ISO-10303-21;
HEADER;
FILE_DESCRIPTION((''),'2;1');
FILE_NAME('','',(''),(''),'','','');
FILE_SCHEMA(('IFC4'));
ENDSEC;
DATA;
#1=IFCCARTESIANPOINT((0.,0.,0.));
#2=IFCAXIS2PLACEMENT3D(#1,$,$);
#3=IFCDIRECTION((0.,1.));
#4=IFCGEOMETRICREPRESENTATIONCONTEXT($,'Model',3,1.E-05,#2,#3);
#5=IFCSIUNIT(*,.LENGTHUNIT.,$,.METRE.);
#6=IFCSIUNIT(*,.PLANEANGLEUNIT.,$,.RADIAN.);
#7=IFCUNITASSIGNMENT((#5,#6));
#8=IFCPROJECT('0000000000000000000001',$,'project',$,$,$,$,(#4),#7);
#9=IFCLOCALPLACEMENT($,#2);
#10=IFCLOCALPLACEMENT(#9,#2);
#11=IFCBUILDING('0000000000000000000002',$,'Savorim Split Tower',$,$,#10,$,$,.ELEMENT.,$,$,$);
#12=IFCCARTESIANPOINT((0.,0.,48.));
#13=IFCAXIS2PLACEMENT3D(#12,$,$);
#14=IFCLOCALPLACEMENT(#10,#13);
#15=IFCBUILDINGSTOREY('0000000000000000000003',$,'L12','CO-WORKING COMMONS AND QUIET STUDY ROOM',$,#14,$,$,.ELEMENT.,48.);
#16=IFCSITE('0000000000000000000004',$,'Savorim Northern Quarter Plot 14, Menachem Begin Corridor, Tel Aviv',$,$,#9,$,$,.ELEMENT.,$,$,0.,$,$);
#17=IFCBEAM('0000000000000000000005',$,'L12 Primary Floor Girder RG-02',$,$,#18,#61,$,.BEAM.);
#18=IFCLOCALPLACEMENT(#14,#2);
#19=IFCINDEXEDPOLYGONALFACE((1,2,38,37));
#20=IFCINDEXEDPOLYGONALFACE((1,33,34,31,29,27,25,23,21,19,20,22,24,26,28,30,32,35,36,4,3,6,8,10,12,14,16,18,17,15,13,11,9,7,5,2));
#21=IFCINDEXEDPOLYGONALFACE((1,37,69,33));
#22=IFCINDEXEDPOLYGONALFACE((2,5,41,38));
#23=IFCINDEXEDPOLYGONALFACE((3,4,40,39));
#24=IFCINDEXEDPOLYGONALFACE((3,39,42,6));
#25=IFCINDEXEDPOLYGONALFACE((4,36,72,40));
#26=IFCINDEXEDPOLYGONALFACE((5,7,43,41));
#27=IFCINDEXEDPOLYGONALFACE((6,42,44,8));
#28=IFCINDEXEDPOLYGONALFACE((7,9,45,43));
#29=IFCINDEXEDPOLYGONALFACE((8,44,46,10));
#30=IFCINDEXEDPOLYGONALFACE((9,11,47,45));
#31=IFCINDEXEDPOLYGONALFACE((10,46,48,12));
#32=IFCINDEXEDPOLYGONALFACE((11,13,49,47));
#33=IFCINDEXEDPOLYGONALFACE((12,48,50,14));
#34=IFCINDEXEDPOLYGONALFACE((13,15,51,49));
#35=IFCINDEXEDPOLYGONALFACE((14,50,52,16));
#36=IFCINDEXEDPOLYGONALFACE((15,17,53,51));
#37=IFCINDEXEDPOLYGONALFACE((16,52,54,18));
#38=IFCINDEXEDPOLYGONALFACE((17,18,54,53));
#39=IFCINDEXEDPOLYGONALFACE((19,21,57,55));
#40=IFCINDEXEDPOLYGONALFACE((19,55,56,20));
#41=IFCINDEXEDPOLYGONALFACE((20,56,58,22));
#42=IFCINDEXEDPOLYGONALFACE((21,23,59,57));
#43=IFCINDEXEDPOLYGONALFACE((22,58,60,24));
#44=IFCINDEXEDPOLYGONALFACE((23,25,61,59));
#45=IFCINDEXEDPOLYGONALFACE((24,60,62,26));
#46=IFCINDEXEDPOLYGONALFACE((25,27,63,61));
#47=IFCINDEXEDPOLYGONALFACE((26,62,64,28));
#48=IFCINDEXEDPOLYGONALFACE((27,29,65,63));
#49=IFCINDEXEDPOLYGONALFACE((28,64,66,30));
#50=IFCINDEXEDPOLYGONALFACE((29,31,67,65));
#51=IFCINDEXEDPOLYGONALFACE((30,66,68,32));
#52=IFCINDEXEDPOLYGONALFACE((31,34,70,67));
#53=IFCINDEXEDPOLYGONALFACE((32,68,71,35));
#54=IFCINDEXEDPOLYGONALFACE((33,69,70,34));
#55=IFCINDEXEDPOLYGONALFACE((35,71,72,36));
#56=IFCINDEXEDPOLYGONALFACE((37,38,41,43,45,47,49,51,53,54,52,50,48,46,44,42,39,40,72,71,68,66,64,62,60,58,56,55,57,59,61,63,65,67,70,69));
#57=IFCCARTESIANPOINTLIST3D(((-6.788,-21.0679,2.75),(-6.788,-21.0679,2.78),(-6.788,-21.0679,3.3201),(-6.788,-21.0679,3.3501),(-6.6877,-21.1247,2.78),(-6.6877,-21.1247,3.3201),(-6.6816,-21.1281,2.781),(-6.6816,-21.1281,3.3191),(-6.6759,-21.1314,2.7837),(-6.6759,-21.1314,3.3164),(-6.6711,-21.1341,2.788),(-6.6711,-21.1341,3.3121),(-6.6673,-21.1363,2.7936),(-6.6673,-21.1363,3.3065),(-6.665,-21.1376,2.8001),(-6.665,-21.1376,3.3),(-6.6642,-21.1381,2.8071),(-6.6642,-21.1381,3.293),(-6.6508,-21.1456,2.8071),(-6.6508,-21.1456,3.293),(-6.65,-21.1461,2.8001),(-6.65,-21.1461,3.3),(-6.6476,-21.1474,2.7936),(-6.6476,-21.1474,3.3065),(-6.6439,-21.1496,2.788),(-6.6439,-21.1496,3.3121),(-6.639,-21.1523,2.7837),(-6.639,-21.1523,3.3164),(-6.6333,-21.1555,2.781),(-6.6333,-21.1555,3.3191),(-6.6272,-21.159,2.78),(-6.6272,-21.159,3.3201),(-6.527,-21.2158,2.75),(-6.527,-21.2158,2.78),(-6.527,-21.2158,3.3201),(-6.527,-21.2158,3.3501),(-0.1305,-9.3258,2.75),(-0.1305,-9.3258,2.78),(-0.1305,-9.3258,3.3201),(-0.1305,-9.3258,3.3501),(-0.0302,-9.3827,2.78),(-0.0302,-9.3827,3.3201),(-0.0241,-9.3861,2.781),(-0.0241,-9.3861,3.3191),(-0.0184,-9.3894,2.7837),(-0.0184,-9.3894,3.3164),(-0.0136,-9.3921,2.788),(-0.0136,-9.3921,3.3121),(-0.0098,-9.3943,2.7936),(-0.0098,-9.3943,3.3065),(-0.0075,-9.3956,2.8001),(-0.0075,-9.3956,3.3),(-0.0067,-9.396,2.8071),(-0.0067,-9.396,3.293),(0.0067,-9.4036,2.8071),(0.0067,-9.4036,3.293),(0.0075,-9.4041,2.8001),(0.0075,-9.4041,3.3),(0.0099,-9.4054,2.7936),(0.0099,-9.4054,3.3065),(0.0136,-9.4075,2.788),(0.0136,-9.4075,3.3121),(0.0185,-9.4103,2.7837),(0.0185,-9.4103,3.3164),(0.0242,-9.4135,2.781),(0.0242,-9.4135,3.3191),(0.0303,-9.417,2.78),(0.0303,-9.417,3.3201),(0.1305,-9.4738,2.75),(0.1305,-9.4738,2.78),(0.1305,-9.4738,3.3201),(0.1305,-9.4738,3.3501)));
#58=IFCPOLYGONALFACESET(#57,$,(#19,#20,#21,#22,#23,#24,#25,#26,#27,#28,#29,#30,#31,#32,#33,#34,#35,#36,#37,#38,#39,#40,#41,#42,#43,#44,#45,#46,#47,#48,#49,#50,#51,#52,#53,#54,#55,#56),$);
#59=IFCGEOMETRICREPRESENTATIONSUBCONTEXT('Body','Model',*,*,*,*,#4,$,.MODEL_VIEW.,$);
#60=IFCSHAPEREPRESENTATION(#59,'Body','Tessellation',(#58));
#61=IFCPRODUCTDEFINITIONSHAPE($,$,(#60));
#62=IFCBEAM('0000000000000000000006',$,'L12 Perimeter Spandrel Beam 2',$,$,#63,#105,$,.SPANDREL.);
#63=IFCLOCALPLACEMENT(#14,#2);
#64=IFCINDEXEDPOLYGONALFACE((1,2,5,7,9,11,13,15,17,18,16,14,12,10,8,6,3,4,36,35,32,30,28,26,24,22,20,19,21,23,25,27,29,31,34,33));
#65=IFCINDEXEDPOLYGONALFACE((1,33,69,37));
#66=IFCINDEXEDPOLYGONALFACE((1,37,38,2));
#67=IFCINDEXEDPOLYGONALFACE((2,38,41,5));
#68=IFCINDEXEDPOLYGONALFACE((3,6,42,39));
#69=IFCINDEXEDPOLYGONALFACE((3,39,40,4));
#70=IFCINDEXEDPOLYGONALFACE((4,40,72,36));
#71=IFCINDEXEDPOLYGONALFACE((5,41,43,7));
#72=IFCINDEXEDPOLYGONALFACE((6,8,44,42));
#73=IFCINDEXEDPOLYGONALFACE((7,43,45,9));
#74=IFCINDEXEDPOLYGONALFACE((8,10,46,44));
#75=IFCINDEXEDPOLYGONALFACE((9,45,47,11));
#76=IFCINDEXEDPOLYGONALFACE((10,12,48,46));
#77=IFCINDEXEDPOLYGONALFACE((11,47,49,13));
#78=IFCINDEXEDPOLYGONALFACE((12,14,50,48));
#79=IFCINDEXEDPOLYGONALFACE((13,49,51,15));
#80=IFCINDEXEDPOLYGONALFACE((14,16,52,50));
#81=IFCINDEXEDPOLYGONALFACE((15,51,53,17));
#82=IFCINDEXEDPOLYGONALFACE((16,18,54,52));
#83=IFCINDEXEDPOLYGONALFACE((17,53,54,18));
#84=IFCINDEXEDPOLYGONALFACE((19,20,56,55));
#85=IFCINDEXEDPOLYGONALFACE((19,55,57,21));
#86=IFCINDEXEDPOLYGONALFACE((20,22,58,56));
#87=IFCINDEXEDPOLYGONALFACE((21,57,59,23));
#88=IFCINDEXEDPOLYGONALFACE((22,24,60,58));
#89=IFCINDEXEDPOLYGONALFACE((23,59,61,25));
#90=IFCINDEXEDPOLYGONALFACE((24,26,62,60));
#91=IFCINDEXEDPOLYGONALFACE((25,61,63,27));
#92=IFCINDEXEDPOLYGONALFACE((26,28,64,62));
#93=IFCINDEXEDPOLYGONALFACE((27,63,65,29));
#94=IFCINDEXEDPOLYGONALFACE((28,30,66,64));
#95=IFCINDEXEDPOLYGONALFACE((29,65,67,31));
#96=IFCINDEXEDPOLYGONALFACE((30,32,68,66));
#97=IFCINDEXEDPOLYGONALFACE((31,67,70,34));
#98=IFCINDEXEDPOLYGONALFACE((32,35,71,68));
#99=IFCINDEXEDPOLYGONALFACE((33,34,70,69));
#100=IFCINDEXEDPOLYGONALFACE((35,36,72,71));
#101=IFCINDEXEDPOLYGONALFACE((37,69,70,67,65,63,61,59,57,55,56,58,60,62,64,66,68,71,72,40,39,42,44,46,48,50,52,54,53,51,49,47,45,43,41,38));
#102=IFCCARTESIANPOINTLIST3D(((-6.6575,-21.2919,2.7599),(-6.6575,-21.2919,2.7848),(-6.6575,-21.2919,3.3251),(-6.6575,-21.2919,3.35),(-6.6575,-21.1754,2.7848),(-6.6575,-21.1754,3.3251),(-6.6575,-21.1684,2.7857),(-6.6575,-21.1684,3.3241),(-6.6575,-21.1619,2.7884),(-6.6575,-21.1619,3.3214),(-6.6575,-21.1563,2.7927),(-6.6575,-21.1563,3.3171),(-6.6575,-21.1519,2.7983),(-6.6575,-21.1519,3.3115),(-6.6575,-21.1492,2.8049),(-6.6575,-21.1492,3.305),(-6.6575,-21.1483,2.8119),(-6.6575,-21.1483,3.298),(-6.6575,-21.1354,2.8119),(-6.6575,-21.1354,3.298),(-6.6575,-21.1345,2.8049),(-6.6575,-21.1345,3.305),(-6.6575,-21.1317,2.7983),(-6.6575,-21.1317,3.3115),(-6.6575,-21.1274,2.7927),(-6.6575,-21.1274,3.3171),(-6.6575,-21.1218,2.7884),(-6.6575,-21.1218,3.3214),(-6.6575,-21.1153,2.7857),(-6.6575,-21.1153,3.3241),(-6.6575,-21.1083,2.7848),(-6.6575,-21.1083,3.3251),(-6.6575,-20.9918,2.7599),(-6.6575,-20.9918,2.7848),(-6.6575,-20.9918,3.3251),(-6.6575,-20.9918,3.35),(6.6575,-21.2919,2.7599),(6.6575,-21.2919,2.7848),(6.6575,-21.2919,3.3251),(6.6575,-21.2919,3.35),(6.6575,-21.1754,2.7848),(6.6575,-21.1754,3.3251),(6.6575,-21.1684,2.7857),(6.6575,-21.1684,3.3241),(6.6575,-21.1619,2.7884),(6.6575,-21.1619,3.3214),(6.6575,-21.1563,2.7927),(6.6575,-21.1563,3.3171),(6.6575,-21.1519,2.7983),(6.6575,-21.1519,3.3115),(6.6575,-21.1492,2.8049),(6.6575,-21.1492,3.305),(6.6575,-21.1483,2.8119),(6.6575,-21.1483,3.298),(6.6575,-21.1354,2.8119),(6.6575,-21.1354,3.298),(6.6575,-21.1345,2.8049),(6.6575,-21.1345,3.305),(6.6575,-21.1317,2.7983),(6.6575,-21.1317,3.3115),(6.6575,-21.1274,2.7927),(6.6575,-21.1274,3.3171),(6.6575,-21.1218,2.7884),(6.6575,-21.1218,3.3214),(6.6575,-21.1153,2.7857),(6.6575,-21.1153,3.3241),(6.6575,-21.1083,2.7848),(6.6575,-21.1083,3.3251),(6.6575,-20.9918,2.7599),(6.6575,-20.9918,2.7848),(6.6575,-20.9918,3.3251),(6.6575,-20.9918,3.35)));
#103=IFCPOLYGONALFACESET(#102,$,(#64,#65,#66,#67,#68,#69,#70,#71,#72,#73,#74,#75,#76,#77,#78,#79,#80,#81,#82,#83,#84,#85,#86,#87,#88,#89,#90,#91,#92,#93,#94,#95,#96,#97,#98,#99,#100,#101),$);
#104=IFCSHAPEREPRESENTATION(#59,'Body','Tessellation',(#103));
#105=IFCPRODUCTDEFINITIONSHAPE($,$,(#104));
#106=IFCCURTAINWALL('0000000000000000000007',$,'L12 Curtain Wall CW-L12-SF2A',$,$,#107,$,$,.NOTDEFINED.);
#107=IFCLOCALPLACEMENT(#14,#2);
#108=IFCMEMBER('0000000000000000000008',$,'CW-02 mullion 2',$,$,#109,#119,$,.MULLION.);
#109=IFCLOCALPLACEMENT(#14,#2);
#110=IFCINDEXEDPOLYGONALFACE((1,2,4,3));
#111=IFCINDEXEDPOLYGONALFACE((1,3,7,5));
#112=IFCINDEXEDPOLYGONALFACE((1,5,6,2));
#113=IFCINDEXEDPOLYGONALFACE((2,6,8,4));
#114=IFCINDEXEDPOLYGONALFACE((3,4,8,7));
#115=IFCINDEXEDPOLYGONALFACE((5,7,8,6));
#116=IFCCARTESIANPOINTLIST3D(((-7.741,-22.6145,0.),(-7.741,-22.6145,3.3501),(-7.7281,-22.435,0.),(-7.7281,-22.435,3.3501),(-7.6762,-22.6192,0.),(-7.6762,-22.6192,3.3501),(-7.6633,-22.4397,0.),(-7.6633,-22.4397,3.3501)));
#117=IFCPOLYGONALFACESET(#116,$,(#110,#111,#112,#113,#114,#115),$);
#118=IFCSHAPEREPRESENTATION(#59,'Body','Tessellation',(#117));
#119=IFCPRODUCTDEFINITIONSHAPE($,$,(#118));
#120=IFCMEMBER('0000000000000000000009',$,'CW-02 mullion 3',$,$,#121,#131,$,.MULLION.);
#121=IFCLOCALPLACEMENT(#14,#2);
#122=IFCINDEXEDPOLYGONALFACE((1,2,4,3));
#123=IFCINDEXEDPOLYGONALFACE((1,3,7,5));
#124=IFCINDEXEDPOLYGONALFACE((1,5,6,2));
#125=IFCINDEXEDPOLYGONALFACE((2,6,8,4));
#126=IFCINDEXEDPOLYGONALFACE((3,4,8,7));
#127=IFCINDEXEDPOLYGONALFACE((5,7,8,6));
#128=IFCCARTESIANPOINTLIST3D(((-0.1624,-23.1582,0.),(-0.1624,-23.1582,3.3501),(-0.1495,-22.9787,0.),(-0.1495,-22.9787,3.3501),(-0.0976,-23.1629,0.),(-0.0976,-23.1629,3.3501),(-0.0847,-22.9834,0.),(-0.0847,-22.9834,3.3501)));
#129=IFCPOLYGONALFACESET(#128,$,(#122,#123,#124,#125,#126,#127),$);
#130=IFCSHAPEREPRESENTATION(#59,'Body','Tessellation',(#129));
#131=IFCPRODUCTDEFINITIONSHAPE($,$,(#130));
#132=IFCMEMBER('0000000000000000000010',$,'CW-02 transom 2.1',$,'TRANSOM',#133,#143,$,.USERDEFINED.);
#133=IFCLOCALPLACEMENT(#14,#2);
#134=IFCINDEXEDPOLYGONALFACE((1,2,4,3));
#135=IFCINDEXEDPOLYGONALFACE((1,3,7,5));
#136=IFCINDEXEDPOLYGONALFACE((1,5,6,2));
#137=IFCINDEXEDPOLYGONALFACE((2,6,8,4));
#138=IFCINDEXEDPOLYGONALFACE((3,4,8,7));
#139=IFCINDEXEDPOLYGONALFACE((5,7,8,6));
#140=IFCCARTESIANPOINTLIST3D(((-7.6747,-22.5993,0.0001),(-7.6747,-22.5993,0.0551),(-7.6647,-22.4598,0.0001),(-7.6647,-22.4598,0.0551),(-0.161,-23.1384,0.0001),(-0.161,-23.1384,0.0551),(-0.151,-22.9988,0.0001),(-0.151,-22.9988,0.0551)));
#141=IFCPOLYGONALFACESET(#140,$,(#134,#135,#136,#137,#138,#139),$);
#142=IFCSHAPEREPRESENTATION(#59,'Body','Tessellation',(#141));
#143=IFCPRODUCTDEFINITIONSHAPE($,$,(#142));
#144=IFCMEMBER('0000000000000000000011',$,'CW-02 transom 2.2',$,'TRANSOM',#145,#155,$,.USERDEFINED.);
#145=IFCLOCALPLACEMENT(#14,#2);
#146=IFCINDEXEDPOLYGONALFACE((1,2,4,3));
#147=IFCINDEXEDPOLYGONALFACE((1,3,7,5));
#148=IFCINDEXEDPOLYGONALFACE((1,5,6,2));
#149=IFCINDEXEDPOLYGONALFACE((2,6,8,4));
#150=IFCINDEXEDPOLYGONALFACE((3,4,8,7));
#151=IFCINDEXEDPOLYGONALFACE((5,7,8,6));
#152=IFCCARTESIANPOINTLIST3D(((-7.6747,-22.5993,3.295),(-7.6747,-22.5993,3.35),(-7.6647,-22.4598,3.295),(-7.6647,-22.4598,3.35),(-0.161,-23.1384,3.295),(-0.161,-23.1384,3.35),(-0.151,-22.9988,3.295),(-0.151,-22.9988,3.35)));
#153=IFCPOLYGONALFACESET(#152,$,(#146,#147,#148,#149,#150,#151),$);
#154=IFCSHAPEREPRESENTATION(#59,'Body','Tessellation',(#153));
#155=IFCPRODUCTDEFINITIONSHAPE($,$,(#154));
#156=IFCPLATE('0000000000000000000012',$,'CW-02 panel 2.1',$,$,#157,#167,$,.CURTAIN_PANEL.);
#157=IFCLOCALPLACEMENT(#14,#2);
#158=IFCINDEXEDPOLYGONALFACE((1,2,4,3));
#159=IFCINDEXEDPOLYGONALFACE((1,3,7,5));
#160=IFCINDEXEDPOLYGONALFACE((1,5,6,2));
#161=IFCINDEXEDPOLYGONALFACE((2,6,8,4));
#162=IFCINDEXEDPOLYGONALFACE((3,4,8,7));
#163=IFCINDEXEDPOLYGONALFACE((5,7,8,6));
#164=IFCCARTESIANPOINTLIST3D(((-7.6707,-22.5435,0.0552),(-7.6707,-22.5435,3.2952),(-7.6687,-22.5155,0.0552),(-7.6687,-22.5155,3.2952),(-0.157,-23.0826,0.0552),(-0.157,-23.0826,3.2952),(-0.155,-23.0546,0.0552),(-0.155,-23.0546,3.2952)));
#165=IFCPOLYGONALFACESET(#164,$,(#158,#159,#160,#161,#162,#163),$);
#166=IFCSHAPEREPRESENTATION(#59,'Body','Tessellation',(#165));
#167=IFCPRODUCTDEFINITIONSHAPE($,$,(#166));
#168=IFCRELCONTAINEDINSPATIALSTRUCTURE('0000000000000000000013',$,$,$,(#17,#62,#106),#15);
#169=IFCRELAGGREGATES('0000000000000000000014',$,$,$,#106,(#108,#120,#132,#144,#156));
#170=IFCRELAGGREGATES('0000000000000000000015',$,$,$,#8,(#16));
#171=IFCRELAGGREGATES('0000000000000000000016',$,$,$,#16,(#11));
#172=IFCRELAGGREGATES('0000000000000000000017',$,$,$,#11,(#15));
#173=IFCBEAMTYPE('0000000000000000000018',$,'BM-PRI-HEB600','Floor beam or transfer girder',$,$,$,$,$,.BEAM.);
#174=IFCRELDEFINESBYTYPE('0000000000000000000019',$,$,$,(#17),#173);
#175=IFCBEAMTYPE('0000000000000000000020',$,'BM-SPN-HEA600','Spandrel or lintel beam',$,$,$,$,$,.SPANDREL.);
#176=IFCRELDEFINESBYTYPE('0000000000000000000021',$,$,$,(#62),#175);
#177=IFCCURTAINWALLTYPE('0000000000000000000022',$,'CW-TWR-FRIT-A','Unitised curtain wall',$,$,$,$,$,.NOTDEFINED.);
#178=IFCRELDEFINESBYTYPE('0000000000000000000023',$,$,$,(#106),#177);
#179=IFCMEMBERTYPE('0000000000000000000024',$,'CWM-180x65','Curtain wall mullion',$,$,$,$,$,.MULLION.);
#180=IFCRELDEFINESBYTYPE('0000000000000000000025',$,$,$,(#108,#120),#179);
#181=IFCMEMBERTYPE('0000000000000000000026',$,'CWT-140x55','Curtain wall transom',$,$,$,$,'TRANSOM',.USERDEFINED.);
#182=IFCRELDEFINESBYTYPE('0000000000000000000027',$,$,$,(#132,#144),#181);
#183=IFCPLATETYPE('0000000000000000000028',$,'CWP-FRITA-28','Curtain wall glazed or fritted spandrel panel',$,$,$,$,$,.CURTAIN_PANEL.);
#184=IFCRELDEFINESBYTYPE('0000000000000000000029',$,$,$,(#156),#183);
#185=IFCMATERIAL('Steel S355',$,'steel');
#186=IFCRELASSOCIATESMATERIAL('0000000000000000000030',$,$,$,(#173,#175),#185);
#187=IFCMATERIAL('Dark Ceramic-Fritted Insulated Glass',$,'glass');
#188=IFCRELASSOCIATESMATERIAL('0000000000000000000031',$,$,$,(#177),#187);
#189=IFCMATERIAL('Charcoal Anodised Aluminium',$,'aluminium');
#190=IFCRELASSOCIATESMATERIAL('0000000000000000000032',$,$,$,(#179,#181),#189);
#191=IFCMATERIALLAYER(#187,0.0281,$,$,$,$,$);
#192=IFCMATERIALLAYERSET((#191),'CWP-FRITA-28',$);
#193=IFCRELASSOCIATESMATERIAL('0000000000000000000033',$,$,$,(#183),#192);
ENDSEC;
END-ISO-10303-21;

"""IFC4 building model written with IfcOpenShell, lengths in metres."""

from ifc_helpers import new_model, si_unit, direction, frame, origin, origin_2d, place, context, subcontext, project, spatial, rectangle, i_section, extrude, material, layer, layer_set, material_profile, profile_set, type_object, element, aggregate, save


model = new_model("IFC4")

# Units and contexts
model_context = context("Model", 3, precision=1e-05, world=origin(), true_north=direction((0.0, 1.0)))
body_context = subcontext(model_context, "Body", "Model", "MODEL_VIEW")
ifc_project = project(units=[si_unit("LENGTHUNIT", "METRE"), si_unit("PLANEANGLEUNIT", "RADIAN")], contexts=[model_context])

# Site, building, storey
site_placement = place(None, origin())
site = spatial("IfcSite", under=ifc_project, at=site_placement, Name="Savorim Northern Quarter Plot 14, Menachem Begin Corridor, Tel Aviv", CompositionType="ELEMENT", RefElevation=0.0)
building_placement = place(site_placement, origin())
building = spatial("IfcBuilding", under=site, at=building_placement, Name="Savorim Split Tower", CompositionType="ELEMENT")
storey_placement = place(building_placement, frame((0.0, 0.0, 48.0)))
storey = spatial("IfcBuildingStorey", under=building, at=storey_placement, Name="L12", Description="CO-WORKING COMMONS AND QUIET STUDY ROOM", CompositionType="ELEMENT", Elevation=48.0)

# Beams
ifc_material_1 = material(Name="Steel S355", Category="steel")
ifc_material_profile_1 = material_profile(ifc_material_1, i_section(OverallWidth=0.3, OverallDepth=0.6001, WebThickness=0.0154, FlangeThickness=0.03, FilletRadius=0.0271, at=origin_2d()), Name="HEB 600")
ifc_profile_set_1 = profile_set([ifc_material_profile_1], Name="Steel S355")
beam_type_1 = type_object("IfcBeamType", Name="BM-PRI-HEB600", Description="Floor beam or transfer girder", PredefinedType="BEAM", material=ifc_profile_set_1)
beam_1_placement = place(storey_placement, frame((-6.6575, -21.1418, 3.05), z_axis=(0.49322, 0.869904, 0.0), x_axis=(-0.869904, 0.49322, 0.0)))
element("IfcBeam", 1, at=beam_1_placement, inside=storey, type_object=beam_type_1, Name="L12 Primary Floor Girder RG-02", PredefinedType="BEAM", context=body_context, shape_type="SweptSolid", body=[
    extrude(i_section(OverallWidth=0.3, OverallDepth=0.6001, WebThickness=0.0154, FlangeThickness=0.03, FilletRadius=0.0271, at=origin_2d()), origin(), (0.0, 0.0, 1.0), 13.498),
])
ifc_material_profile_2 = material_profile(ifc_material_1, i_section(OverallWidth=0.3, OverallDepth=0.5901, WebThickness=0.0129, FlangeThickness=0.0249, FilletRadius=0.0271, at=origin_2d()), Name="HEA 600")
ifc_profile_set_2 = profile_set([ifc_material_profile_2], Name="Steel S355")
beam_type_2 = type_object("IfcBeamType", Name="BM-SPN-HEA600", Description="Spandrel or lintel beam", PredefinedType="SPANDREL", material=ifc_profile_set_2)
beam_2_placement = place(storey_placement, frame((-6.6575, -21.1418, 3.0549), z_axis=(1.0, 0.0, 0.0), x_axis=(0.0, 1.0, 0.0)))
element("IfcBeam", 2, at=beam_2_placement, inside=storey, type_object=beam_type_2, Name="L12 Perimeter Spandrel Beam 2", PredefinedType="SPANDREL", context=body_context, shape_type="SweptSolid", body=[
    extrude(i_section(OverallWidth=0.3, OverallDepth=0.5901, WebThickness=0.0129, FlangeThickness=0.0249, FilletRadius=0.0271, at=origin_2d()), origin(), (0.0, 0.0, 1.0), 13.3149),
])

# Curtain wall, members, plate
ifc_material_2 = material(Name="Dark Ceramic-Fritted Insulated Glass", Category="glass")
curtain_wall_type = type_object("IfcCurtainWallType", Name="CW-TWR-FRIT-A", Description="Unitised curtain wall", PredefinedType="NOTDEFINED", material=ifc_material_2)
curtain_wall_placement = place(storey_placement, origin())
curtain_wall = element("IfcCurtainWall", 3, at=curtain_wall_placement, inside=storey, type_object=curtain_wall_type, Name="L12 Curtain Wall CW-L12-SF2A", PredefinedType="NOTDEFINED")
ifc_material_3 = material(Name="Charcoal Anodised Aluminium", Category="aluminium")
ifc_material_profile_3 = material_profile(ifc_material_3, rectangle(XDim=0.1799, YDim=0.0649, at=origin_2d()), Name="ALU-M 180x65")
ifc_profile_set_3 = profile_set([ifc_material_profile_3], Name="Charcoal Anodised Aluminium")
member_type_1 = type_object("IfcMemberType", Name="CWM-180x65", Description="Curtain wall mullion", PredefinedType="MULLION", material=ifc_profile_set_3)
member_1_placement = place(storey_placement, frame((-7.7021, -22.5271, 0.0), z_axis=(0.0, 0.0, 1.0), x_axis=(0.071562, 0.997436, 0.0)))
member_1 = element("IfcMember", 4, at=member_1_placement, type_object=member_type_1, Name="CW-02 mullion 2", PredefinedType="MULLION", context=body_context, shape_type="SweptSolid", body=[
    extrude(rectangle(XDim=0.1799, YDim=0.0649, at=origin_2d()), origin(), (0.0, 0.0, 1.0), 3.3501),
])
member_2_placement = place(storey_placement, frame((-0.1235, -23.0708, 0.0), z_axis=(0.0, 0.0, 1.0), x_axis=(0.071562, 0.997436, 0.0)))
member_2 = element("IfcMember", 5, at=member_2_placement, type_object=member_type_1, Name="CW-02 mullion 3", PredefinedType="MULLION", context=body_context, shape_type="SweptSolid", body=[
    extrude(rectangle(XDim=0.1799, YDim=0.0649, at=origin_2d()), origin(), (0.0, 0.0, 1.0), 3.3501),
])
ifc_material_profile_4 = material_profile(ifc_material_3, rectangle(XDim=0.1399, YDim=0.0549, at=origin_2d()), Name="ALU-T 140x55")
ifc_profile_set_4 = profile_set([ifc_material_profile_4], Name="Charcoal Anodised Aluminium")
member_type_2 = type_object("IfcMemberType", Name="CWT-140x55", Description="Curtain wall transom", ElementType="TRANSOM", PredefinedType="USERDEFINED", material=ifc_profile_set_4)
member_3_placement = place(storey_placement, frame((-7.6697, -22.5295, 0.0276), z_axis=(0.997436, -0.07156, 0.0), x_axis=(0.07156, 0.997436, 0.0)))
member_3 = element("IfcMember", 6, at=member_3_placement, type_object=member_type_2, Name="CW-02 transom 2.1", ObjectType="TRANSOM", PredefinedType="USERDEFINED", context=body_context, shape_type="SweptSolid", body=[
    extrude(rectangle(XDim=0.1399, YDim=0.0549, at=origin_2d()), origin(), (0.0, 0.0, 1.0), 7.533),
])
member_4_placement = place(storey_placement, frame((-7.6697, -22.5295, 3.3225), z_axis=(0.997436, -0.07156, 0.0), x_axis=(0.07156, 0.997436, 0.0)))
member_4 = element("IfcMember", 7, at=member_4_placement, type_object=member_type_2, Name="CW-02 transom 2.2", ObjectType="TRANSOM", PredefinedType="USERDEFINED", context=body_context, shape_type="SweptSolid", body=[
    extrude(rectangle(XDim=0.1399, YDim=0.0549, at=origin_2d()), origin(), (0.0, 0.0, 1.0), 7.533),
])
ifc_layer_1 = layer(ifc_material_2, 0.0281)
ifc_layer_set_1 = layer_set([ifc_layer_1], Name="CWP-FRITA-28")
plate_type = type_object("IfcPlateType", Name="CWP-FRITA-28", Description="Curtain wall glazed or fritted spandrel panel", PredefinedType="CURTAIN_PANEL", material=ifc_layer_set_1)
plate_placement = place(storey_placement, frame((-3.9128, -22.7991, 0.0552), z_axis=(0.0, 0.0, 1.0), x_axis=(0.997436, -0.071562, 0.0)))
plate = element("IfcPlate", 8, at=plate_placement, type_object=plate_type, Name="CW-02 panel 2.1", PredefinedType="CURTAIN_PANEL", context=body_context, shape_type="SweptSolid", body=[
    extrude(rectangle(XDim=7.533, YDim=0.0281, at=origin_2d()), origin(), (0.0, 0.0, 1.0), 3.24),
])
aggregate(curtain_wall, [member_1, member_2, member_3, member_4, plate])

save(model, "model.ifc")
